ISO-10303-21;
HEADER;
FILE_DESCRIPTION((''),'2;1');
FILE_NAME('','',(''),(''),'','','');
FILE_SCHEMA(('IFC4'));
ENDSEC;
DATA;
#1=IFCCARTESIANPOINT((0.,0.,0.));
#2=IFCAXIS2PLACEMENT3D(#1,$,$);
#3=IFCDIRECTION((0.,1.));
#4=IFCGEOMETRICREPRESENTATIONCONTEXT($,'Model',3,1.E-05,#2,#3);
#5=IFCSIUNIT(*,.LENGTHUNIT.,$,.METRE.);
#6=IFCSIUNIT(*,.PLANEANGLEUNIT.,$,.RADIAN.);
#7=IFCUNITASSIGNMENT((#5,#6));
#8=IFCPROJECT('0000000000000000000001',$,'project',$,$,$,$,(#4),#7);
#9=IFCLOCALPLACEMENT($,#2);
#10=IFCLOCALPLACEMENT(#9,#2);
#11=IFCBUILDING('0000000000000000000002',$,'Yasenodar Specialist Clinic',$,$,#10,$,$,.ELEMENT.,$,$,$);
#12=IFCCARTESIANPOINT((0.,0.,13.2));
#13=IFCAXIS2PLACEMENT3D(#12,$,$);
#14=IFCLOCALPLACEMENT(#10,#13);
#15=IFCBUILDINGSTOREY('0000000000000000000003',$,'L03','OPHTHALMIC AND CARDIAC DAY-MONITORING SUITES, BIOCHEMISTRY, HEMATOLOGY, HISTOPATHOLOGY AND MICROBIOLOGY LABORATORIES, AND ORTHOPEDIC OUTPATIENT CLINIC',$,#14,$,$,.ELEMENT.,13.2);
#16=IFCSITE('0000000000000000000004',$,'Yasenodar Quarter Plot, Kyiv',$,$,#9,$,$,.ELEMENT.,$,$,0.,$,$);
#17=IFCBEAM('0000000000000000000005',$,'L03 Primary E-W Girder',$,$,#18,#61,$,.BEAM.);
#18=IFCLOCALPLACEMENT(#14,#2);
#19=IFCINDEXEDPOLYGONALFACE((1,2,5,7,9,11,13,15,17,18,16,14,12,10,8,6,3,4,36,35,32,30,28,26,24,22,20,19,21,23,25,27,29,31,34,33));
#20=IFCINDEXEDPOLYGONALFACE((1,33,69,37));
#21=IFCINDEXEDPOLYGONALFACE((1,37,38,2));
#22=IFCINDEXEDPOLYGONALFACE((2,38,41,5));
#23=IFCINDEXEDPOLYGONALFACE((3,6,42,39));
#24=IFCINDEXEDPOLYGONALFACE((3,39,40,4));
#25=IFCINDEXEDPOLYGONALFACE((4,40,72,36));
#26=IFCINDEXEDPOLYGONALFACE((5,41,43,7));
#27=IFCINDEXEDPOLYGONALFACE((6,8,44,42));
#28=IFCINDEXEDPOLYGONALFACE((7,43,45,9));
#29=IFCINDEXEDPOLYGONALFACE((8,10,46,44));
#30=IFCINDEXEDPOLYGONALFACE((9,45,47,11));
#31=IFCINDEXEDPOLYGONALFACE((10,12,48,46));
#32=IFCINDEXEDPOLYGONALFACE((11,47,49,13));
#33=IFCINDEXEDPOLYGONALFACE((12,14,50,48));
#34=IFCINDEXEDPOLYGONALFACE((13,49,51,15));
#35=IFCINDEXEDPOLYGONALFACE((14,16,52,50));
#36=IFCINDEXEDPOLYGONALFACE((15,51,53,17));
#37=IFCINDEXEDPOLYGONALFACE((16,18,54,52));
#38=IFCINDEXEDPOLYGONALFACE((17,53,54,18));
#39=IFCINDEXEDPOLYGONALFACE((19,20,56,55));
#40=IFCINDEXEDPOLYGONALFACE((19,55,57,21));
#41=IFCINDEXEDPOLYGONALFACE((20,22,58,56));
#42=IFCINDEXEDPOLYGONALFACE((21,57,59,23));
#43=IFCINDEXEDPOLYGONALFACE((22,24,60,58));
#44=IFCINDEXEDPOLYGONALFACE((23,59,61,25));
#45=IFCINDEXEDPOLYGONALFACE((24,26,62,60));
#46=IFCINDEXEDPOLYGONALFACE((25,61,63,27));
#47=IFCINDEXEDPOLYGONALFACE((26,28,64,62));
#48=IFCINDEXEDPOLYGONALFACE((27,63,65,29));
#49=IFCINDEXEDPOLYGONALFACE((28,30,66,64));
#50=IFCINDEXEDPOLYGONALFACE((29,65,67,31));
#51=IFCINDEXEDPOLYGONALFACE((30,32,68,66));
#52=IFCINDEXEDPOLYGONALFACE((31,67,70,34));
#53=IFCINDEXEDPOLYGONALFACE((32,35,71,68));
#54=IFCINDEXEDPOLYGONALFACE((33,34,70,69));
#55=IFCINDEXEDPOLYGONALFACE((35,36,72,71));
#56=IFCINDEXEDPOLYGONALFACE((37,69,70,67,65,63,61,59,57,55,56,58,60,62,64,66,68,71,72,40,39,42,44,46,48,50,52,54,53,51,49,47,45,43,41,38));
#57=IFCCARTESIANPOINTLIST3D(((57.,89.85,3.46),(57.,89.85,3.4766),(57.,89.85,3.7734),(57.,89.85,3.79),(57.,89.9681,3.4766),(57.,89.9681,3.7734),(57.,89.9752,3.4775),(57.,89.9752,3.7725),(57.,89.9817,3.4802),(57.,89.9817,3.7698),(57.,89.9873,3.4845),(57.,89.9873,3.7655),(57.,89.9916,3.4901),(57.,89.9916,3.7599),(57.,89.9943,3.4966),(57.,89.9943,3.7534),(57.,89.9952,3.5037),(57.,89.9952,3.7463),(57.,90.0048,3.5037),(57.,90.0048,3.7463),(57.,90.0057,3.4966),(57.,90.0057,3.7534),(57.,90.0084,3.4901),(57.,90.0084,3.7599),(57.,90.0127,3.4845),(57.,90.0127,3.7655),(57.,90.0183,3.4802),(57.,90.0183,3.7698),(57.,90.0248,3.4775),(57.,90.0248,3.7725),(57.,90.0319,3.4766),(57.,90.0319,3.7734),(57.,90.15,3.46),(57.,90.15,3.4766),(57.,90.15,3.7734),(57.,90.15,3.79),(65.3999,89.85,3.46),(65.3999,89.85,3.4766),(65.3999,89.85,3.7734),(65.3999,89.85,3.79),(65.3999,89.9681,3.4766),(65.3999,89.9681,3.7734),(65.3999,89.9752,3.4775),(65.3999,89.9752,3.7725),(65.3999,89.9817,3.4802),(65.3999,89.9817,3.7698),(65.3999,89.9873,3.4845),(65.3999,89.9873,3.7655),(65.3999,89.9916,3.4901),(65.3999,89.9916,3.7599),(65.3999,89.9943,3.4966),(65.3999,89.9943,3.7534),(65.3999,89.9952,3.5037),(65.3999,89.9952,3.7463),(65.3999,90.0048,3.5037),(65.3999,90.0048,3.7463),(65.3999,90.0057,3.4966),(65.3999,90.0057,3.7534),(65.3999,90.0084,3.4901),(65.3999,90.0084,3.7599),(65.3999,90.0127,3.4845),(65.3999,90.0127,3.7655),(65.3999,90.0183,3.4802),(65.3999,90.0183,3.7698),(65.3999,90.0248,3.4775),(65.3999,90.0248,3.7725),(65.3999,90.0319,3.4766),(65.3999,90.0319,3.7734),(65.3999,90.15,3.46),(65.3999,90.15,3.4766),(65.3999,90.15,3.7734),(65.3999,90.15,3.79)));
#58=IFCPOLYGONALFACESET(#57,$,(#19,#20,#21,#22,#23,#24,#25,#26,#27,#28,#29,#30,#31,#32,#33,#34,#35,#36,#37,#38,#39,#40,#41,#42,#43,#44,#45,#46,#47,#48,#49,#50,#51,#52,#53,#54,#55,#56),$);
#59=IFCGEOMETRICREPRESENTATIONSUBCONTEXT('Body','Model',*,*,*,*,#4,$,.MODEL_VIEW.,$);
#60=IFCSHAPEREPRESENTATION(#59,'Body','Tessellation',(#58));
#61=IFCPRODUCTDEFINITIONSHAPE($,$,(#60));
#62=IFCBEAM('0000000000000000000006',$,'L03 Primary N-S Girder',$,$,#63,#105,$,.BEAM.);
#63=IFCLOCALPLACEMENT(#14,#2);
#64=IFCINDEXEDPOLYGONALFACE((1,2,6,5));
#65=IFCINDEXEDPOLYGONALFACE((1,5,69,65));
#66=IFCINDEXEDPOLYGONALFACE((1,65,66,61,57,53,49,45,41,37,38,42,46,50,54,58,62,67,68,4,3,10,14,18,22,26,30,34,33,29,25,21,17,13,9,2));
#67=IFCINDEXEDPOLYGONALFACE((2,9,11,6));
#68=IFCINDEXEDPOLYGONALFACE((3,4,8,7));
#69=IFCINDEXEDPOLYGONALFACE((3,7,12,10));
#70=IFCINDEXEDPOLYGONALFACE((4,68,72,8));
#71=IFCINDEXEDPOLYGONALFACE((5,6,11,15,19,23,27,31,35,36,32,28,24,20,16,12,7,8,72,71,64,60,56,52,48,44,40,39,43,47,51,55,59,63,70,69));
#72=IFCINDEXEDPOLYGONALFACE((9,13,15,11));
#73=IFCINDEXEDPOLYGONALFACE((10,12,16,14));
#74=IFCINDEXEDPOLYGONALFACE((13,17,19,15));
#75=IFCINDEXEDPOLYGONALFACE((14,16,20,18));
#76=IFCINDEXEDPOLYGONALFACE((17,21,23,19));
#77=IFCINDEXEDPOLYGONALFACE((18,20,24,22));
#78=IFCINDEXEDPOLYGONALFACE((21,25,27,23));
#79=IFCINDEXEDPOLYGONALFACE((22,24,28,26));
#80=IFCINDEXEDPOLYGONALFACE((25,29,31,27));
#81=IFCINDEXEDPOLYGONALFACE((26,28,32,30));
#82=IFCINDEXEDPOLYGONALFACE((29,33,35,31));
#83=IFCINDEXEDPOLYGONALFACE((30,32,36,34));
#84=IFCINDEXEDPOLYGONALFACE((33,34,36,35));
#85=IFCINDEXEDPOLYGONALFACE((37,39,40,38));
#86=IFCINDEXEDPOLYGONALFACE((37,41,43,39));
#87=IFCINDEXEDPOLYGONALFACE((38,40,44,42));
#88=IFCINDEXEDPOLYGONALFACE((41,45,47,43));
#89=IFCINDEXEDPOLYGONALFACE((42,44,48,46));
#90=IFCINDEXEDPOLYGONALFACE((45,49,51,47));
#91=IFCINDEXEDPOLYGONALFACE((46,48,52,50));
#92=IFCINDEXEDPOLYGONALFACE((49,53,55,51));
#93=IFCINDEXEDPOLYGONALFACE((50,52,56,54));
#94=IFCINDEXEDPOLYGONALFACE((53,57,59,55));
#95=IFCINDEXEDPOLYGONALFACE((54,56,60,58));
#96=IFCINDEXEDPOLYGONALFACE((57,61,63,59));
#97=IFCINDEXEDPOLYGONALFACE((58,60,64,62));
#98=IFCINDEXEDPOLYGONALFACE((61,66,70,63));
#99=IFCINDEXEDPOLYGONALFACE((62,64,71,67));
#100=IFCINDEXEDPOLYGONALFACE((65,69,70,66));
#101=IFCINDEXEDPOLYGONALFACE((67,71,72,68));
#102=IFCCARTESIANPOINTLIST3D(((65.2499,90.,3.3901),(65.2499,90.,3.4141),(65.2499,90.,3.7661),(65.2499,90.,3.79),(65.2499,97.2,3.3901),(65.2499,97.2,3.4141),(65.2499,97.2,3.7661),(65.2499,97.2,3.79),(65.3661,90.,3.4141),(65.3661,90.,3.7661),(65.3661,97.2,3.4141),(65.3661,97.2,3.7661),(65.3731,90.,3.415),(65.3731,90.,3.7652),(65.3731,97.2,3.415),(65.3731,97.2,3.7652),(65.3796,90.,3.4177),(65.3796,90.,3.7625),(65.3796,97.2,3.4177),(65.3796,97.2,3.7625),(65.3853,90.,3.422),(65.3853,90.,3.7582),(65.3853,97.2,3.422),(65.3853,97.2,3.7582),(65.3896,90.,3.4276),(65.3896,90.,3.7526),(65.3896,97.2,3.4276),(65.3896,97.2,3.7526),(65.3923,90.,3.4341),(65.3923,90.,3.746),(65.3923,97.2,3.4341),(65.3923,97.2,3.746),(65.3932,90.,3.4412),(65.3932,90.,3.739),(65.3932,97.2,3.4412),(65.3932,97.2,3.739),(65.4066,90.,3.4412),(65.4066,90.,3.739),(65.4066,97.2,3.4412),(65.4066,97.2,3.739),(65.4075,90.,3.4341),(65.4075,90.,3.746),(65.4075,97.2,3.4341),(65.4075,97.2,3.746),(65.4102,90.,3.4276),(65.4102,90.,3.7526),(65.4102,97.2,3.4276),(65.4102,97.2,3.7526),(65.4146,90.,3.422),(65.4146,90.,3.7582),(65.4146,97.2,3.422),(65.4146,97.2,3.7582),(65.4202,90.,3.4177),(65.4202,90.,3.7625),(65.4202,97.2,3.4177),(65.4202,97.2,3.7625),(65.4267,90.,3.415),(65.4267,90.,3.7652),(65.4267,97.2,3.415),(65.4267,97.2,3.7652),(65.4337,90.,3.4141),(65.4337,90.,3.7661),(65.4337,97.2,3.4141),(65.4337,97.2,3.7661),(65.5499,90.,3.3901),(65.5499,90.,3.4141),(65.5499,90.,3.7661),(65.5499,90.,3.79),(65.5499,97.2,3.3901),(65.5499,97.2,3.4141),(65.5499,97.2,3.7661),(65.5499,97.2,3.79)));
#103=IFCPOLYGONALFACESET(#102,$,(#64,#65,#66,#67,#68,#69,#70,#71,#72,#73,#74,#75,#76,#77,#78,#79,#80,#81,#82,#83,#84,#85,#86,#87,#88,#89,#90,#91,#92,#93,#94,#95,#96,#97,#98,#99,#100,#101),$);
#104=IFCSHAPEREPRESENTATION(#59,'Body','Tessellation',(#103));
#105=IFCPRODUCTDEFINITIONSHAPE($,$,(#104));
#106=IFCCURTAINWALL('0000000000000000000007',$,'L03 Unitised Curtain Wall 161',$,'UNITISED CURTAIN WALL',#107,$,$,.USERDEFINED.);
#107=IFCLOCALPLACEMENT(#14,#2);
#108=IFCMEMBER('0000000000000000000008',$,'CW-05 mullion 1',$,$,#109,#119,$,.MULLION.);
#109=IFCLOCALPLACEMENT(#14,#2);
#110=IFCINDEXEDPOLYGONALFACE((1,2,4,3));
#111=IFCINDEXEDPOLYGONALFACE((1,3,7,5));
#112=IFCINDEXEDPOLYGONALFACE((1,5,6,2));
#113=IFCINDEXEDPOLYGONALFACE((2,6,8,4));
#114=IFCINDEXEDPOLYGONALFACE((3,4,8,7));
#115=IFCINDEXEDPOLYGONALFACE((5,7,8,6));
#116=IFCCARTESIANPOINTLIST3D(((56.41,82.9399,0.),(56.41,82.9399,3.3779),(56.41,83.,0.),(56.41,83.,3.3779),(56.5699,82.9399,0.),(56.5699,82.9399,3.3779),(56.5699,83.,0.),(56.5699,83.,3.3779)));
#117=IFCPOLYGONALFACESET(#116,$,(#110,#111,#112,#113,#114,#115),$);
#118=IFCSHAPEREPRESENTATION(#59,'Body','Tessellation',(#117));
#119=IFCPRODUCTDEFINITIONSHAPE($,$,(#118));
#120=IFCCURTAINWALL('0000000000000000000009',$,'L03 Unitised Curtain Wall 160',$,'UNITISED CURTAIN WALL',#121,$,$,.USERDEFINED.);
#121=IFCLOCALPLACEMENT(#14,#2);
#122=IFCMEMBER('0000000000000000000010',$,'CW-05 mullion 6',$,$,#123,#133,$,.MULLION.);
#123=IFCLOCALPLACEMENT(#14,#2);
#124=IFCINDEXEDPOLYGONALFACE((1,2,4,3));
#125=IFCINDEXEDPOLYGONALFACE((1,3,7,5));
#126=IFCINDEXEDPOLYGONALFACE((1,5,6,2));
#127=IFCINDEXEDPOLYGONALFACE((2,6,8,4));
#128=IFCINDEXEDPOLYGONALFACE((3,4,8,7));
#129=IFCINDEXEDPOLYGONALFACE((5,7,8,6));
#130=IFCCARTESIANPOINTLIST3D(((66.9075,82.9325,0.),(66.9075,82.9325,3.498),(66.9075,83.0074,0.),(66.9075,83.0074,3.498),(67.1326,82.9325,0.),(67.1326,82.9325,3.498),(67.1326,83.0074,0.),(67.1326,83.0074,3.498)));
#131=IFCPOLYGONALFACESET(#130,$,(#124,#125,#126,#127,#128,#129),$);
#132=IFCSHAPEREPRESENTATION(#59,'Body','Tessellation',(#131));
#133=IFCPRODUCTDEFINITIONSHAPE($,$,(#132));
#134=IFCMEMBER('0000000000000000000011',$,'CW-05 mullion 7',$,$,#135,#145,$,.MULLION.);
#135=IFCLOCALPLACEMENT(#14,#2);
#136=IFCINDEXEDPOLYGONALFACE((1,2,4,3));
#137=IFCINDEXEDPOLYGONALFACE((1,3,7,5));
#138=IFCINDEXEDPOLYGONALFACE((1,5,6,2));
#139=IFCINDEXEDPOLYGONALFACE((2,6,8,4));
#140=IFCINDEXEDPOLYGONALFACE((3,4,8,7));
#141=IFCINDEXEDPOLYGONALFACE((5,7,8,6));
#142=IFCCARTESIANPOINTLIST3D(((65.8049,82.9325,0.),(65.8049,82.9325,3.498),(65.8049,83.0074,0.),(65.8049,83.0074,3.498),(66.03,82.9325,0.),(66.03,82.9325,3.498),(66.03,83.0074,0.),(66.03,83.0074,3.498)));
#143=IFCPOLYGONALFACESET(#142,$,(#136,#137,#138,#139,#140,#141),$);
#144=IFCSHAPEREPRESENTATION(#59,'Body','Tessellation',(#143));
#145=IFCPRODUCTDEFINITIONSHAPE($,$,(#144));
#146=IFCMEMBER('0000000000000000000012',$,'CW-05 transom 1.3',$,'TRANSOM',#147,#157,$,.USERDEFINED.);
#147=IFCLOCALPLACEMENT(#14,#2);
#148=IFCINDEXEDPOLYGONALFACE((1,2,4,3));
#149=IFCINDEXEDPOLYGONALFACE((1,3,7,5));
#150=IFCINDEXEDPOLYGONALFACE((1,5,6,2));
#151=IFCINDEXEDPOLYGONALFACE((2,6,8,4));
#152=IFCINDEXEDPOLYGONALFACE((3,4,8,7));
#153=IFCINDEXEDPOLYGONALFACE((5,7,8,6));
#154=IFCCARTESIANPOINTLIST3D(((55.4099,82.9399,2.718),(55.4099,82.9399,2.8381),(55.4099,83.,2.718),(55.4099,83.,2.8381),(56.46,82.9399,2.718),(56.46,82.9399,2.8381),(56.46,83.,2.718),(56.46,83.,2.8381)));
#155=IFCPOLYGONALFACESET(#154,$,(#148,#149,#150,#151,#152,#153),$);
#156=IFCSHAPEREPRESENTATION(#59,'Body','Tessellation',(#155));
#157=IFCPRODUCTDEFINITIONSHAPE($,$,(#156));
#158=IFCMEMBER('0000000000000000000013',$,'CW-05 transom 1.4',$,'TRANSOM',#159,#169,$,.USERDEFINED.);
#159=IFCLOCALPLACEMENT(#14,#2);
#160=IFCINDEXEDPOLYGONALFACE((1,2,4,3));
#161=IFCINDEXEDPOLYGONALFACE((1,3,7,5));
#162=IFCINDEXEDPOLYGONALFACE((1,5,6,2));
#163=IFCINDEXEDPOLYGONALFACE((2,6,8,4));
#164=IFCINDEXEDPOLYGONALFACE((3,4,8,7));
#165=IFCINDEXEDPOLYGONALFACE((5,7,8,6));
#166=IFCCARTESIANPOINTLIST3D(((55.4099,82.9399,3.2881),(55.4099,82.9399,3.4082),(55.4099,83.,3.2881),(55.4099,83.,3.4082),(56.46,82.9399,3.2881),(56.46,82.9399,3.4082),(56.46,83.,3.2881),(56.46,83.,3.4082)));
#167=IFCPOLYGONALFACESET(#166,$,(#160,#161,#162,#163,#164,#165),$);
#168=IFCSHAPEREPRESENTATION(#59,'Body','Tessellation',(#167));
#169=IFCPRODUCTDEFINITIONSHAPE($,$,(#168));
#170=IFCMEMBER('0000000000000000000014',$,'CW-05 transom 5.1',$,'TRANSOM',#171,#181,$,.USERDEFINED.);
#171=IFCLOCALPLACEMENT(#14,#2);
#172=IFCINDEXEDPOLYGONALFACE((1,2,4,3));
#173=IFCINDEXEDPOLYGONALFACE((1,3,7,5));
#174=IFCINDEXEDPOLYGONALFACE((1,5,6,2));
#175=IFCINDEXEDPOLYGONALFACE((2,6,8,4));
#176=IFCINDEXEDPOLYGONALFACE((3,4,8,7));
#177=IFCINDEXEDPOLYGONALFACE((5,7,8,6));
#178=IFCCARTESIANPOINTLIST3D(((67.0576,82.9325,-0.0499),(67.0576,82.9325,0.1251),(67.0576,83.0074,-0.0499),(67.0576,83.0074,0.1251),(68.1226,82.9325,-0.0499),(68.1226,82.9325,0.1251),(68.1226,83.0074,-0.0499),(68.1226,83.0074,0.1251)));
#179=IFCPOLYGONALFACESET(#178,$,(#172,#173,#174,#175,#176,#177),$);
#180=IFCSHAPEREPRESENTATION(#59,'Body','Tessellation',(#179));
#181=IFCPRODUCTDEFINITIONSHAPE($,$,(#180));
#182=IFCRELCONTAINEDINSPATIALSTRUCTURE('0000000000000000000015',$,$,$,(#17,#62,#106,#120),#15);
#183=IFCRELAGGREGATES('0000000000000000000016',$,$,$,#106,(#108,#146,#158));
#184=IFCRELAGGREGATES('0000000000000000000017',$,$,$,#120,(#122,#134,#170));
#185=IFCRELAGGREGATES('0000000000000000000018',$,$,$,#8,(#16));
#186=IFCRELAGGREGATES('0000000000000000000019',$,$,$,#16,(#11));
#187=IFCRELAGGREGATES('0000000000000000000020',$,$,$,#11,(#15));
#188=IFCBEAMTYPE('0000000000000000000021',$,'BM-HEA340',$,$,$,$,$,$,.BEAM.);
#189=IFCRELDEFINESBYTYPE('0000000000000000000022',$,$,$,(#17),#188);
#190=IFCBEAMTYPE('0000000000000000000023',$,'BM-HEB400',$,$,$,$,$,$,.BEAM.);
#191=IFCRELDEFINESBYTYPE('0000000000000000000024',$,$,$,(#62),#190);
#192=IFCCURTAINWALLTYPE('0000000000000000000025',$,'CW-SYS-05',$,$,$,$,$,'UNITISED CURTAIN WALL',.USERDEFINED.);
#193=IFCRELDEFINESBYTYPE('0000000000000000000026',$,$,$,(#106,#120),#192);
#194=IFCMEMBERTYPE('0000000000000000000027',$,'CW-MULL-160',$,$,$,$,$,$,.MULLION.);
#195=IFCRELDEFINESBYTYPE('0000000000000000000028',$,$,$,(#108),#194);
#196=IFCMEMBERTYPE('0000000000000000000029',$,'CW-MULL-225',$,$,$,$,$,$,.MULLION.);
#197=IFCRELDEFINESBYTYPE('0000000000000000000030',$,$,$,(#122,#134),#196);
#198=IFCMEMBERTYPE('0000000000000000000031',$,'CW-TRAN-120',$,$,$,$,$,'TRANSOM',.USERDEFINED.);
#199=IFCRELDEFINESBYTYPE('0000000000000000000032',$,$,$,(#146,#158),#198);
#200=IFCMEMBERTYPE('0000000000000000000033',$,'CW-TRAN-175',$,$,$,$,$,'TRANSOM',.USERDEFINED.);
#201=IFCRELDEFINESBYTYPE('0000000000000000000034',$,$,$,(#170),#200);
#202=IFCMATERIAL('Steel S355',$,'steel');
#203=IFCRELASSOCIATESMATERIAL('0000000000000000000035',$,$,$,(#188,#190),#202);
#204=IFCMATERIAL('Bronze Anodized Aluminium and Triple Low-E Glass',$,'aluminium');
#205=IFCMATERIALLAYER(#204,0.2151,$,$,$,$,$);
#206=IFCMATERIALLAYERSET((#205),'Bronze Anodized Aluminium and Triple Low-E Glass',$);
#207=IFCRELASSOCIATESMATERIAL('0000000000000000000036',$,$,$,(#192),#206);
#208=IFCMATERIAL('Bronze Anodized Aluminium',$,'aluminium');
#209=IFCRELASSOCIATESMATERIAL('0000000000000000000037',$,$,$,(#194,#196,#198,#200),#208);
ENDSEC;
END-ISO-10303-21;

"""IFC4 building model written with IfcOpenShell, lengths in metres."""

from ifc_helpers import new_model, si_unit, direction, frame, origin, origin_2d, place, context, subcontext, project, spatial, rectangle, i_section, extrude, material, layer, layer_set, material_profile, profile_set, type_object, element, aggregate, save


model = new_model("IFC4")

# Units and contexts
model_context = context("Model", 3, precision=1e-05, world=origin(), true_north=direction((0.0, 1.0)))
body_context = subcontext(model_context, "Body", "Model", "MODEL_VIEW")
ifc_project = project(units=[si_unit("LENGTHUNIT", "METRE"), si_unit("PLANEANGLEUNIT", "RADIAN")], contexts=[model_context])

# Site, building, storey
site_placement = place(None, origin())
site = spatial("IfcSite", under=ifc_project, at=site_placement, Name="Yasenodar Quarter Plot, Kyiv", CompositionType="ELEMENT", RefElevation=0.0)
building_placement = place(site_placement, origin())
building = spatial("IfcBuilding", under=site, at=building_placement, Name="Yasenodar Specialist Clinic", CompositionType="ELEMENT")
storey_placement = place(building_placement, frame((0.0, 0.0, 13.2)))
storey = spatial("IfcBuildingStorey", under=building, at=storey_placement, Name="L03", Description="OPHTHALMIC AND CARDIAC DAY-MONITORING SUITES, BIOCHEMISTRY, HEMATOLOGY, HISTOPATHOLOGY AND MICROBIOLOGY LABORATORIES, AND ORTHOPEDIC OUTPATIENT CLINIC", CompositionType="ELEMENT", Elevation=13.2)

# Shared definitions
ifc_material_1 = material(Name="Steel S355", Category="steel")

# Beams
ifc_material_profile_1 = material_profile(ifc_material_1, i_section(OverallWidth=0.3, OverallDepth=0.3301, WebThickness=0.0095, FlangeThickness=0.0166, FilletRadius=0.0271, at=origin_2d()), Name="HEA 340")
ifc_profile_set_1 = profile_set([ifc_material_profile_1], Name="Steel S355")
beam_type_1 = type_object("IfcBeamType", Name="BM-HEA340", PredefinedType="BEAM", material=ifc_profile_set_1)
beam_1_placement = place(storey_placement, frame((57.0, 90.0, 3.625), z_axis=(1.0, 0.0, 0.0), x_axis=(0.0, 1.0, 0.0)))
element("IfcBeam", 1, at=beam_1_placement, inside=storey, type_object=beam_type_1, Name="L03 Primary E-W Girder", PredefinedType="BEAM", context=body_context, shape_type="SweptSolid", body=[
    extrude(i_section(OverallWidth=0.3, OverallDepth=0.3301, WebThickness=0.0095, FlangeThickness=0.0166, FilletRadius=0.0271, at=origin_2d()), origin(), (0.0, 0.0, 1.0), 8.3999),
])
ifc_material_profile_2 = material_profile(ifc_material_1, i_section(OverallWidth=0.3, OverallDepth=0.3999, WebThickness=0.0134, FlangeThickness=0.0239, FilletRadius=0.0271, at=origin_2d()), Name="HEB 400")
ifc_profile_set_2 = profile_set([ifc_material_profile_2], Name="Steel S355")
beam_type_2 = type_object("IfcBeamType", Name="BM-HEB400", PredefinedType="BEAM", material=ifc_profile_set_2)
beam_2_placement = place(storey_placement, frame((65.3999, 90.0, 3.5901), z_axis=(0.0, 1.0, 0.0), x_axis=(-1.0, 0.0, 0.0)))
element("IfcBeam", 2, at=beam_2_placement, inside=storey, type_object=beam_type_2, Name="L03 Primary N-S Girder", PredefinedType="BEAM", context=body_context, shape_type="SweptSolid", body=[
    extrude(i_section(OverallWidth=0.3, OverallDepth=0.3999, WebThickness=0.0134, FlangeThickness=0.0239, FilletRadius=0.0271, at=origin_2d()), origin(), (0.0, 0.0, 1.0), 7.2),
])

# Curtain wall, member
ifc_material_2 = material(Name="Bronze Anodized Aluminium and Triple Low-E Glass", Category="aluminium")
ifc_layer_1 = layer(ifc_material_2, 0.2151)
ifc_layer_set_1 = layer_set([ifc_layer_1], Name="Bronze Anodized Aluminium and Triple Low-E Glass")
curtain_wall_type = type_object("IfcCurtainWallType", Name="CW-SYS-05", ElementType="UNITISED CURTAIN WALL", PredefinedType="USERDEFINED", material=ifc_layer_set_1)
curtain_wall_1_placement = place(storey_placement, origin())
curtain_wall_1 = element("IfcCurtainWall", 3, at=curtain_wall_1_placement, inside=storey, type_object=curtain_wall_type, Name="L03 Unitised Curtain Wall 161", ObjectType="UNITISED CURTAIN WALL", PredefinedType="USERDEFINED")
ifc_material_3 = material(Name="Bronze Anodized Aluminium", Category="aluminium")
ifc_material_profile_3 = material_profile(ifc_material_3, rectangle(XDim=0.0601, YDim=0.1599, at=origin_2d()), Name="CW-MULL 60x160")
ifc_profile_set_3 = profile_set([ifc_material_profile_3], Name="Bronze Anodized Aluminium")
member_type_1 = type_object("IfcMemberType", Name="CW-MULL-160", PredefinedType="MULLION", material=ifc_profile_set_3)
member_1_placement = place(storey_placement, frame((56.49, 82.97, 0.0), z_axis=(0.0, 0.0, 1.0), x_axis=(0.0, -1.0, 0.0)))
member_1 = element("IfcMember", 4, at=member_1_placement, type_object=member_type_1, Name="CW-05 mullion 1", PredefinedType="MULLION", context=body_context, shape_type="SweptSolid", body=[
    extrude(rectangle(XDim=0.0601, YDim=0.1599, at=origin_2d()), origin(), (0.0, 0.0, 1.0), 3.3779),
])

# Curtain wall, members
curtain_wall_2_placement = place(storey_placement, origin())
curtain_wall_2 = element("IfcCurtainWall", 5, at=curtain_wall_2_placement, inside=storey, type_object=curtain_wall_type, Name="L03 Unitised Curtain Wall 160", ObjectType="UNITISED CURTAIN WALL", PredefinedType="USERDEFINED")
ifc_material_profile_4 = material_profile(ifc_material_3, rectangle(XDim=0.075, YDim=0.2251, at=origin_2d()), Name="CW-MULL 75x225")
ifc_profile_set_4 = profile_set([ifc_material_profile_4], Name="Bronze Anodized Aluminium")
member_type_2 = type_object("IfcMemberType", Name="CW-MULL-225", PredefinedType="MULLION", material=ifc_profile_set_4)
member_2_placement = place(storey_placement, frame((67.02, 82.97, 0.0), z_axis=(0.0, 0.0, 1.0), x_axis=(0.0, -1.0, 0.0)))
member_2 = element("IfcMember", 6, at=member_2_placement, type_object=member_type_2, Name="CW-05 mullion 6", PredefinedType="MULLION", context=body_context, shape_type="SweptSolid", body=[
    extrude(rectangle(XDim=0.075, YDim=0.2251, at=origin_2d()), origin(), (0.0, 0.0, 1.0), 3.498),
])
member_3_placement = place(storey_placement, frame((65.9175, 82.97, 0.0), z_axis=(0.0, 0.0, 1.0), x_axis=(0.0, -1.0, 0.0)))
member_3 = element("IfcMember", 7, at=member_3_placement, type_object=member_type_2, Name="CW-05 mullion 7", PredefinedType="MULLION", context=body_context, shape_type="SweptSolid", body=[
    extrude(rectangle(XDim=0.075, YDim=0.2251, at=origin_2d()), origin(), (0.0, 0.0, 1.0), 3.498),
])

# Members
ifc_material_profile_5 = material_profile(ifc_material_3, rectangle(XDim=0.0601, YDim=0.1201, at=origin_2d()), Name="CW-TRAN 60x120")
ifc_profile_set_5 = profile_set([ifc_material_profile_5], Name="Bronze Anodized Aluminium")
member_type_3 = type_object("IfcMemberType", Name="CW-TRAN-120", ElementType="TRANSOM", PredefinedType="USERDEFINED", material=ifc_profile_set_5)
member_4_placement = place(storey_placement, frame((56.46, 82.97, 2.7781), z_axis=(-1.0, 0.0, 0.0), x_axis=(0.0, -1.0, 0.0)))
member_4 = element("IfcMember", 8, at=member_4_placement, type_object=member_type_3, Name="CW-05 transom 1.3", ObjectType="TRANSOM", PredefinedType="USERDEFINED", context=body_context, shape_type="SweptSolid", body=[
    extrude(rectangle(XDim=0.0601, YDim=0.1201, at=origin_2d()), origin(), (0.0, 0.0, 1.0), 1.05),
])
member_5_placement = place(storey_placement, frame((56.46, 82.97, 3.3481), z_axis=(-1.0, 0.0, 0.0), x_axis=(0.0, -1.0, 0.0)))
member_5 = element("IfcMember", 9, at=member_5_placement, type_object=member_type_3, Name="CW-05 transom 1.4", ObjectType="TRANSOM", PredefinedType="USERDEFINED", context=body_context, shape_type="SweptSolid", body=[
    extrude(rectangle(XDim=0.0601, YDim=0.1201, at=origin_2d()), origin(), (0.0, 0.0, 1.0), 1.05),
])
aggregate(curtain_wall_1, [member_1, member_4, member_5])
ifc_material_profile_6 = material_profile(ifc_material_3, rectangle(XDim=0.075, YDim=0.175, at=origin_2d()), Name="CW-TRAN 75x175")
ifc_profile_set_6 = profile_set([ifc_material_profile_6], Name="Bronze Anodized Aluminium")
member_type_4 = type_object("IfcMemberType", Name="CW-TRAN-175", ElementType="TRANSOM", PredefinedType="USERDEFINED", material=ifc_profile_set_6)
member_6_placement = place(storey_placement, frame((68.1226, 82.97, 0.0376), z_axis=(-1.0, 0.0, 0.0), x_axis=(0.0, -1.0, 0.0)))
member_6 = element("IfcMember", 10, at=member_6_placement, type_object=member_type_4, Name="CW-05 transom 5.1", ObjectType="TRANSOM", PredefinedType="USERDEFINED", context=body_context, shape_type="SweptSolid", body=[
    extrude(rectangle(XDim=0.075, YDim=0.175, at=origin_2d()), origin(), (0.0, 0.0, 1.0), 1.0649),
])

aggregate(curtain_wall_2, [member_2, member_3, member_6])

save(model, "model.ifc")
